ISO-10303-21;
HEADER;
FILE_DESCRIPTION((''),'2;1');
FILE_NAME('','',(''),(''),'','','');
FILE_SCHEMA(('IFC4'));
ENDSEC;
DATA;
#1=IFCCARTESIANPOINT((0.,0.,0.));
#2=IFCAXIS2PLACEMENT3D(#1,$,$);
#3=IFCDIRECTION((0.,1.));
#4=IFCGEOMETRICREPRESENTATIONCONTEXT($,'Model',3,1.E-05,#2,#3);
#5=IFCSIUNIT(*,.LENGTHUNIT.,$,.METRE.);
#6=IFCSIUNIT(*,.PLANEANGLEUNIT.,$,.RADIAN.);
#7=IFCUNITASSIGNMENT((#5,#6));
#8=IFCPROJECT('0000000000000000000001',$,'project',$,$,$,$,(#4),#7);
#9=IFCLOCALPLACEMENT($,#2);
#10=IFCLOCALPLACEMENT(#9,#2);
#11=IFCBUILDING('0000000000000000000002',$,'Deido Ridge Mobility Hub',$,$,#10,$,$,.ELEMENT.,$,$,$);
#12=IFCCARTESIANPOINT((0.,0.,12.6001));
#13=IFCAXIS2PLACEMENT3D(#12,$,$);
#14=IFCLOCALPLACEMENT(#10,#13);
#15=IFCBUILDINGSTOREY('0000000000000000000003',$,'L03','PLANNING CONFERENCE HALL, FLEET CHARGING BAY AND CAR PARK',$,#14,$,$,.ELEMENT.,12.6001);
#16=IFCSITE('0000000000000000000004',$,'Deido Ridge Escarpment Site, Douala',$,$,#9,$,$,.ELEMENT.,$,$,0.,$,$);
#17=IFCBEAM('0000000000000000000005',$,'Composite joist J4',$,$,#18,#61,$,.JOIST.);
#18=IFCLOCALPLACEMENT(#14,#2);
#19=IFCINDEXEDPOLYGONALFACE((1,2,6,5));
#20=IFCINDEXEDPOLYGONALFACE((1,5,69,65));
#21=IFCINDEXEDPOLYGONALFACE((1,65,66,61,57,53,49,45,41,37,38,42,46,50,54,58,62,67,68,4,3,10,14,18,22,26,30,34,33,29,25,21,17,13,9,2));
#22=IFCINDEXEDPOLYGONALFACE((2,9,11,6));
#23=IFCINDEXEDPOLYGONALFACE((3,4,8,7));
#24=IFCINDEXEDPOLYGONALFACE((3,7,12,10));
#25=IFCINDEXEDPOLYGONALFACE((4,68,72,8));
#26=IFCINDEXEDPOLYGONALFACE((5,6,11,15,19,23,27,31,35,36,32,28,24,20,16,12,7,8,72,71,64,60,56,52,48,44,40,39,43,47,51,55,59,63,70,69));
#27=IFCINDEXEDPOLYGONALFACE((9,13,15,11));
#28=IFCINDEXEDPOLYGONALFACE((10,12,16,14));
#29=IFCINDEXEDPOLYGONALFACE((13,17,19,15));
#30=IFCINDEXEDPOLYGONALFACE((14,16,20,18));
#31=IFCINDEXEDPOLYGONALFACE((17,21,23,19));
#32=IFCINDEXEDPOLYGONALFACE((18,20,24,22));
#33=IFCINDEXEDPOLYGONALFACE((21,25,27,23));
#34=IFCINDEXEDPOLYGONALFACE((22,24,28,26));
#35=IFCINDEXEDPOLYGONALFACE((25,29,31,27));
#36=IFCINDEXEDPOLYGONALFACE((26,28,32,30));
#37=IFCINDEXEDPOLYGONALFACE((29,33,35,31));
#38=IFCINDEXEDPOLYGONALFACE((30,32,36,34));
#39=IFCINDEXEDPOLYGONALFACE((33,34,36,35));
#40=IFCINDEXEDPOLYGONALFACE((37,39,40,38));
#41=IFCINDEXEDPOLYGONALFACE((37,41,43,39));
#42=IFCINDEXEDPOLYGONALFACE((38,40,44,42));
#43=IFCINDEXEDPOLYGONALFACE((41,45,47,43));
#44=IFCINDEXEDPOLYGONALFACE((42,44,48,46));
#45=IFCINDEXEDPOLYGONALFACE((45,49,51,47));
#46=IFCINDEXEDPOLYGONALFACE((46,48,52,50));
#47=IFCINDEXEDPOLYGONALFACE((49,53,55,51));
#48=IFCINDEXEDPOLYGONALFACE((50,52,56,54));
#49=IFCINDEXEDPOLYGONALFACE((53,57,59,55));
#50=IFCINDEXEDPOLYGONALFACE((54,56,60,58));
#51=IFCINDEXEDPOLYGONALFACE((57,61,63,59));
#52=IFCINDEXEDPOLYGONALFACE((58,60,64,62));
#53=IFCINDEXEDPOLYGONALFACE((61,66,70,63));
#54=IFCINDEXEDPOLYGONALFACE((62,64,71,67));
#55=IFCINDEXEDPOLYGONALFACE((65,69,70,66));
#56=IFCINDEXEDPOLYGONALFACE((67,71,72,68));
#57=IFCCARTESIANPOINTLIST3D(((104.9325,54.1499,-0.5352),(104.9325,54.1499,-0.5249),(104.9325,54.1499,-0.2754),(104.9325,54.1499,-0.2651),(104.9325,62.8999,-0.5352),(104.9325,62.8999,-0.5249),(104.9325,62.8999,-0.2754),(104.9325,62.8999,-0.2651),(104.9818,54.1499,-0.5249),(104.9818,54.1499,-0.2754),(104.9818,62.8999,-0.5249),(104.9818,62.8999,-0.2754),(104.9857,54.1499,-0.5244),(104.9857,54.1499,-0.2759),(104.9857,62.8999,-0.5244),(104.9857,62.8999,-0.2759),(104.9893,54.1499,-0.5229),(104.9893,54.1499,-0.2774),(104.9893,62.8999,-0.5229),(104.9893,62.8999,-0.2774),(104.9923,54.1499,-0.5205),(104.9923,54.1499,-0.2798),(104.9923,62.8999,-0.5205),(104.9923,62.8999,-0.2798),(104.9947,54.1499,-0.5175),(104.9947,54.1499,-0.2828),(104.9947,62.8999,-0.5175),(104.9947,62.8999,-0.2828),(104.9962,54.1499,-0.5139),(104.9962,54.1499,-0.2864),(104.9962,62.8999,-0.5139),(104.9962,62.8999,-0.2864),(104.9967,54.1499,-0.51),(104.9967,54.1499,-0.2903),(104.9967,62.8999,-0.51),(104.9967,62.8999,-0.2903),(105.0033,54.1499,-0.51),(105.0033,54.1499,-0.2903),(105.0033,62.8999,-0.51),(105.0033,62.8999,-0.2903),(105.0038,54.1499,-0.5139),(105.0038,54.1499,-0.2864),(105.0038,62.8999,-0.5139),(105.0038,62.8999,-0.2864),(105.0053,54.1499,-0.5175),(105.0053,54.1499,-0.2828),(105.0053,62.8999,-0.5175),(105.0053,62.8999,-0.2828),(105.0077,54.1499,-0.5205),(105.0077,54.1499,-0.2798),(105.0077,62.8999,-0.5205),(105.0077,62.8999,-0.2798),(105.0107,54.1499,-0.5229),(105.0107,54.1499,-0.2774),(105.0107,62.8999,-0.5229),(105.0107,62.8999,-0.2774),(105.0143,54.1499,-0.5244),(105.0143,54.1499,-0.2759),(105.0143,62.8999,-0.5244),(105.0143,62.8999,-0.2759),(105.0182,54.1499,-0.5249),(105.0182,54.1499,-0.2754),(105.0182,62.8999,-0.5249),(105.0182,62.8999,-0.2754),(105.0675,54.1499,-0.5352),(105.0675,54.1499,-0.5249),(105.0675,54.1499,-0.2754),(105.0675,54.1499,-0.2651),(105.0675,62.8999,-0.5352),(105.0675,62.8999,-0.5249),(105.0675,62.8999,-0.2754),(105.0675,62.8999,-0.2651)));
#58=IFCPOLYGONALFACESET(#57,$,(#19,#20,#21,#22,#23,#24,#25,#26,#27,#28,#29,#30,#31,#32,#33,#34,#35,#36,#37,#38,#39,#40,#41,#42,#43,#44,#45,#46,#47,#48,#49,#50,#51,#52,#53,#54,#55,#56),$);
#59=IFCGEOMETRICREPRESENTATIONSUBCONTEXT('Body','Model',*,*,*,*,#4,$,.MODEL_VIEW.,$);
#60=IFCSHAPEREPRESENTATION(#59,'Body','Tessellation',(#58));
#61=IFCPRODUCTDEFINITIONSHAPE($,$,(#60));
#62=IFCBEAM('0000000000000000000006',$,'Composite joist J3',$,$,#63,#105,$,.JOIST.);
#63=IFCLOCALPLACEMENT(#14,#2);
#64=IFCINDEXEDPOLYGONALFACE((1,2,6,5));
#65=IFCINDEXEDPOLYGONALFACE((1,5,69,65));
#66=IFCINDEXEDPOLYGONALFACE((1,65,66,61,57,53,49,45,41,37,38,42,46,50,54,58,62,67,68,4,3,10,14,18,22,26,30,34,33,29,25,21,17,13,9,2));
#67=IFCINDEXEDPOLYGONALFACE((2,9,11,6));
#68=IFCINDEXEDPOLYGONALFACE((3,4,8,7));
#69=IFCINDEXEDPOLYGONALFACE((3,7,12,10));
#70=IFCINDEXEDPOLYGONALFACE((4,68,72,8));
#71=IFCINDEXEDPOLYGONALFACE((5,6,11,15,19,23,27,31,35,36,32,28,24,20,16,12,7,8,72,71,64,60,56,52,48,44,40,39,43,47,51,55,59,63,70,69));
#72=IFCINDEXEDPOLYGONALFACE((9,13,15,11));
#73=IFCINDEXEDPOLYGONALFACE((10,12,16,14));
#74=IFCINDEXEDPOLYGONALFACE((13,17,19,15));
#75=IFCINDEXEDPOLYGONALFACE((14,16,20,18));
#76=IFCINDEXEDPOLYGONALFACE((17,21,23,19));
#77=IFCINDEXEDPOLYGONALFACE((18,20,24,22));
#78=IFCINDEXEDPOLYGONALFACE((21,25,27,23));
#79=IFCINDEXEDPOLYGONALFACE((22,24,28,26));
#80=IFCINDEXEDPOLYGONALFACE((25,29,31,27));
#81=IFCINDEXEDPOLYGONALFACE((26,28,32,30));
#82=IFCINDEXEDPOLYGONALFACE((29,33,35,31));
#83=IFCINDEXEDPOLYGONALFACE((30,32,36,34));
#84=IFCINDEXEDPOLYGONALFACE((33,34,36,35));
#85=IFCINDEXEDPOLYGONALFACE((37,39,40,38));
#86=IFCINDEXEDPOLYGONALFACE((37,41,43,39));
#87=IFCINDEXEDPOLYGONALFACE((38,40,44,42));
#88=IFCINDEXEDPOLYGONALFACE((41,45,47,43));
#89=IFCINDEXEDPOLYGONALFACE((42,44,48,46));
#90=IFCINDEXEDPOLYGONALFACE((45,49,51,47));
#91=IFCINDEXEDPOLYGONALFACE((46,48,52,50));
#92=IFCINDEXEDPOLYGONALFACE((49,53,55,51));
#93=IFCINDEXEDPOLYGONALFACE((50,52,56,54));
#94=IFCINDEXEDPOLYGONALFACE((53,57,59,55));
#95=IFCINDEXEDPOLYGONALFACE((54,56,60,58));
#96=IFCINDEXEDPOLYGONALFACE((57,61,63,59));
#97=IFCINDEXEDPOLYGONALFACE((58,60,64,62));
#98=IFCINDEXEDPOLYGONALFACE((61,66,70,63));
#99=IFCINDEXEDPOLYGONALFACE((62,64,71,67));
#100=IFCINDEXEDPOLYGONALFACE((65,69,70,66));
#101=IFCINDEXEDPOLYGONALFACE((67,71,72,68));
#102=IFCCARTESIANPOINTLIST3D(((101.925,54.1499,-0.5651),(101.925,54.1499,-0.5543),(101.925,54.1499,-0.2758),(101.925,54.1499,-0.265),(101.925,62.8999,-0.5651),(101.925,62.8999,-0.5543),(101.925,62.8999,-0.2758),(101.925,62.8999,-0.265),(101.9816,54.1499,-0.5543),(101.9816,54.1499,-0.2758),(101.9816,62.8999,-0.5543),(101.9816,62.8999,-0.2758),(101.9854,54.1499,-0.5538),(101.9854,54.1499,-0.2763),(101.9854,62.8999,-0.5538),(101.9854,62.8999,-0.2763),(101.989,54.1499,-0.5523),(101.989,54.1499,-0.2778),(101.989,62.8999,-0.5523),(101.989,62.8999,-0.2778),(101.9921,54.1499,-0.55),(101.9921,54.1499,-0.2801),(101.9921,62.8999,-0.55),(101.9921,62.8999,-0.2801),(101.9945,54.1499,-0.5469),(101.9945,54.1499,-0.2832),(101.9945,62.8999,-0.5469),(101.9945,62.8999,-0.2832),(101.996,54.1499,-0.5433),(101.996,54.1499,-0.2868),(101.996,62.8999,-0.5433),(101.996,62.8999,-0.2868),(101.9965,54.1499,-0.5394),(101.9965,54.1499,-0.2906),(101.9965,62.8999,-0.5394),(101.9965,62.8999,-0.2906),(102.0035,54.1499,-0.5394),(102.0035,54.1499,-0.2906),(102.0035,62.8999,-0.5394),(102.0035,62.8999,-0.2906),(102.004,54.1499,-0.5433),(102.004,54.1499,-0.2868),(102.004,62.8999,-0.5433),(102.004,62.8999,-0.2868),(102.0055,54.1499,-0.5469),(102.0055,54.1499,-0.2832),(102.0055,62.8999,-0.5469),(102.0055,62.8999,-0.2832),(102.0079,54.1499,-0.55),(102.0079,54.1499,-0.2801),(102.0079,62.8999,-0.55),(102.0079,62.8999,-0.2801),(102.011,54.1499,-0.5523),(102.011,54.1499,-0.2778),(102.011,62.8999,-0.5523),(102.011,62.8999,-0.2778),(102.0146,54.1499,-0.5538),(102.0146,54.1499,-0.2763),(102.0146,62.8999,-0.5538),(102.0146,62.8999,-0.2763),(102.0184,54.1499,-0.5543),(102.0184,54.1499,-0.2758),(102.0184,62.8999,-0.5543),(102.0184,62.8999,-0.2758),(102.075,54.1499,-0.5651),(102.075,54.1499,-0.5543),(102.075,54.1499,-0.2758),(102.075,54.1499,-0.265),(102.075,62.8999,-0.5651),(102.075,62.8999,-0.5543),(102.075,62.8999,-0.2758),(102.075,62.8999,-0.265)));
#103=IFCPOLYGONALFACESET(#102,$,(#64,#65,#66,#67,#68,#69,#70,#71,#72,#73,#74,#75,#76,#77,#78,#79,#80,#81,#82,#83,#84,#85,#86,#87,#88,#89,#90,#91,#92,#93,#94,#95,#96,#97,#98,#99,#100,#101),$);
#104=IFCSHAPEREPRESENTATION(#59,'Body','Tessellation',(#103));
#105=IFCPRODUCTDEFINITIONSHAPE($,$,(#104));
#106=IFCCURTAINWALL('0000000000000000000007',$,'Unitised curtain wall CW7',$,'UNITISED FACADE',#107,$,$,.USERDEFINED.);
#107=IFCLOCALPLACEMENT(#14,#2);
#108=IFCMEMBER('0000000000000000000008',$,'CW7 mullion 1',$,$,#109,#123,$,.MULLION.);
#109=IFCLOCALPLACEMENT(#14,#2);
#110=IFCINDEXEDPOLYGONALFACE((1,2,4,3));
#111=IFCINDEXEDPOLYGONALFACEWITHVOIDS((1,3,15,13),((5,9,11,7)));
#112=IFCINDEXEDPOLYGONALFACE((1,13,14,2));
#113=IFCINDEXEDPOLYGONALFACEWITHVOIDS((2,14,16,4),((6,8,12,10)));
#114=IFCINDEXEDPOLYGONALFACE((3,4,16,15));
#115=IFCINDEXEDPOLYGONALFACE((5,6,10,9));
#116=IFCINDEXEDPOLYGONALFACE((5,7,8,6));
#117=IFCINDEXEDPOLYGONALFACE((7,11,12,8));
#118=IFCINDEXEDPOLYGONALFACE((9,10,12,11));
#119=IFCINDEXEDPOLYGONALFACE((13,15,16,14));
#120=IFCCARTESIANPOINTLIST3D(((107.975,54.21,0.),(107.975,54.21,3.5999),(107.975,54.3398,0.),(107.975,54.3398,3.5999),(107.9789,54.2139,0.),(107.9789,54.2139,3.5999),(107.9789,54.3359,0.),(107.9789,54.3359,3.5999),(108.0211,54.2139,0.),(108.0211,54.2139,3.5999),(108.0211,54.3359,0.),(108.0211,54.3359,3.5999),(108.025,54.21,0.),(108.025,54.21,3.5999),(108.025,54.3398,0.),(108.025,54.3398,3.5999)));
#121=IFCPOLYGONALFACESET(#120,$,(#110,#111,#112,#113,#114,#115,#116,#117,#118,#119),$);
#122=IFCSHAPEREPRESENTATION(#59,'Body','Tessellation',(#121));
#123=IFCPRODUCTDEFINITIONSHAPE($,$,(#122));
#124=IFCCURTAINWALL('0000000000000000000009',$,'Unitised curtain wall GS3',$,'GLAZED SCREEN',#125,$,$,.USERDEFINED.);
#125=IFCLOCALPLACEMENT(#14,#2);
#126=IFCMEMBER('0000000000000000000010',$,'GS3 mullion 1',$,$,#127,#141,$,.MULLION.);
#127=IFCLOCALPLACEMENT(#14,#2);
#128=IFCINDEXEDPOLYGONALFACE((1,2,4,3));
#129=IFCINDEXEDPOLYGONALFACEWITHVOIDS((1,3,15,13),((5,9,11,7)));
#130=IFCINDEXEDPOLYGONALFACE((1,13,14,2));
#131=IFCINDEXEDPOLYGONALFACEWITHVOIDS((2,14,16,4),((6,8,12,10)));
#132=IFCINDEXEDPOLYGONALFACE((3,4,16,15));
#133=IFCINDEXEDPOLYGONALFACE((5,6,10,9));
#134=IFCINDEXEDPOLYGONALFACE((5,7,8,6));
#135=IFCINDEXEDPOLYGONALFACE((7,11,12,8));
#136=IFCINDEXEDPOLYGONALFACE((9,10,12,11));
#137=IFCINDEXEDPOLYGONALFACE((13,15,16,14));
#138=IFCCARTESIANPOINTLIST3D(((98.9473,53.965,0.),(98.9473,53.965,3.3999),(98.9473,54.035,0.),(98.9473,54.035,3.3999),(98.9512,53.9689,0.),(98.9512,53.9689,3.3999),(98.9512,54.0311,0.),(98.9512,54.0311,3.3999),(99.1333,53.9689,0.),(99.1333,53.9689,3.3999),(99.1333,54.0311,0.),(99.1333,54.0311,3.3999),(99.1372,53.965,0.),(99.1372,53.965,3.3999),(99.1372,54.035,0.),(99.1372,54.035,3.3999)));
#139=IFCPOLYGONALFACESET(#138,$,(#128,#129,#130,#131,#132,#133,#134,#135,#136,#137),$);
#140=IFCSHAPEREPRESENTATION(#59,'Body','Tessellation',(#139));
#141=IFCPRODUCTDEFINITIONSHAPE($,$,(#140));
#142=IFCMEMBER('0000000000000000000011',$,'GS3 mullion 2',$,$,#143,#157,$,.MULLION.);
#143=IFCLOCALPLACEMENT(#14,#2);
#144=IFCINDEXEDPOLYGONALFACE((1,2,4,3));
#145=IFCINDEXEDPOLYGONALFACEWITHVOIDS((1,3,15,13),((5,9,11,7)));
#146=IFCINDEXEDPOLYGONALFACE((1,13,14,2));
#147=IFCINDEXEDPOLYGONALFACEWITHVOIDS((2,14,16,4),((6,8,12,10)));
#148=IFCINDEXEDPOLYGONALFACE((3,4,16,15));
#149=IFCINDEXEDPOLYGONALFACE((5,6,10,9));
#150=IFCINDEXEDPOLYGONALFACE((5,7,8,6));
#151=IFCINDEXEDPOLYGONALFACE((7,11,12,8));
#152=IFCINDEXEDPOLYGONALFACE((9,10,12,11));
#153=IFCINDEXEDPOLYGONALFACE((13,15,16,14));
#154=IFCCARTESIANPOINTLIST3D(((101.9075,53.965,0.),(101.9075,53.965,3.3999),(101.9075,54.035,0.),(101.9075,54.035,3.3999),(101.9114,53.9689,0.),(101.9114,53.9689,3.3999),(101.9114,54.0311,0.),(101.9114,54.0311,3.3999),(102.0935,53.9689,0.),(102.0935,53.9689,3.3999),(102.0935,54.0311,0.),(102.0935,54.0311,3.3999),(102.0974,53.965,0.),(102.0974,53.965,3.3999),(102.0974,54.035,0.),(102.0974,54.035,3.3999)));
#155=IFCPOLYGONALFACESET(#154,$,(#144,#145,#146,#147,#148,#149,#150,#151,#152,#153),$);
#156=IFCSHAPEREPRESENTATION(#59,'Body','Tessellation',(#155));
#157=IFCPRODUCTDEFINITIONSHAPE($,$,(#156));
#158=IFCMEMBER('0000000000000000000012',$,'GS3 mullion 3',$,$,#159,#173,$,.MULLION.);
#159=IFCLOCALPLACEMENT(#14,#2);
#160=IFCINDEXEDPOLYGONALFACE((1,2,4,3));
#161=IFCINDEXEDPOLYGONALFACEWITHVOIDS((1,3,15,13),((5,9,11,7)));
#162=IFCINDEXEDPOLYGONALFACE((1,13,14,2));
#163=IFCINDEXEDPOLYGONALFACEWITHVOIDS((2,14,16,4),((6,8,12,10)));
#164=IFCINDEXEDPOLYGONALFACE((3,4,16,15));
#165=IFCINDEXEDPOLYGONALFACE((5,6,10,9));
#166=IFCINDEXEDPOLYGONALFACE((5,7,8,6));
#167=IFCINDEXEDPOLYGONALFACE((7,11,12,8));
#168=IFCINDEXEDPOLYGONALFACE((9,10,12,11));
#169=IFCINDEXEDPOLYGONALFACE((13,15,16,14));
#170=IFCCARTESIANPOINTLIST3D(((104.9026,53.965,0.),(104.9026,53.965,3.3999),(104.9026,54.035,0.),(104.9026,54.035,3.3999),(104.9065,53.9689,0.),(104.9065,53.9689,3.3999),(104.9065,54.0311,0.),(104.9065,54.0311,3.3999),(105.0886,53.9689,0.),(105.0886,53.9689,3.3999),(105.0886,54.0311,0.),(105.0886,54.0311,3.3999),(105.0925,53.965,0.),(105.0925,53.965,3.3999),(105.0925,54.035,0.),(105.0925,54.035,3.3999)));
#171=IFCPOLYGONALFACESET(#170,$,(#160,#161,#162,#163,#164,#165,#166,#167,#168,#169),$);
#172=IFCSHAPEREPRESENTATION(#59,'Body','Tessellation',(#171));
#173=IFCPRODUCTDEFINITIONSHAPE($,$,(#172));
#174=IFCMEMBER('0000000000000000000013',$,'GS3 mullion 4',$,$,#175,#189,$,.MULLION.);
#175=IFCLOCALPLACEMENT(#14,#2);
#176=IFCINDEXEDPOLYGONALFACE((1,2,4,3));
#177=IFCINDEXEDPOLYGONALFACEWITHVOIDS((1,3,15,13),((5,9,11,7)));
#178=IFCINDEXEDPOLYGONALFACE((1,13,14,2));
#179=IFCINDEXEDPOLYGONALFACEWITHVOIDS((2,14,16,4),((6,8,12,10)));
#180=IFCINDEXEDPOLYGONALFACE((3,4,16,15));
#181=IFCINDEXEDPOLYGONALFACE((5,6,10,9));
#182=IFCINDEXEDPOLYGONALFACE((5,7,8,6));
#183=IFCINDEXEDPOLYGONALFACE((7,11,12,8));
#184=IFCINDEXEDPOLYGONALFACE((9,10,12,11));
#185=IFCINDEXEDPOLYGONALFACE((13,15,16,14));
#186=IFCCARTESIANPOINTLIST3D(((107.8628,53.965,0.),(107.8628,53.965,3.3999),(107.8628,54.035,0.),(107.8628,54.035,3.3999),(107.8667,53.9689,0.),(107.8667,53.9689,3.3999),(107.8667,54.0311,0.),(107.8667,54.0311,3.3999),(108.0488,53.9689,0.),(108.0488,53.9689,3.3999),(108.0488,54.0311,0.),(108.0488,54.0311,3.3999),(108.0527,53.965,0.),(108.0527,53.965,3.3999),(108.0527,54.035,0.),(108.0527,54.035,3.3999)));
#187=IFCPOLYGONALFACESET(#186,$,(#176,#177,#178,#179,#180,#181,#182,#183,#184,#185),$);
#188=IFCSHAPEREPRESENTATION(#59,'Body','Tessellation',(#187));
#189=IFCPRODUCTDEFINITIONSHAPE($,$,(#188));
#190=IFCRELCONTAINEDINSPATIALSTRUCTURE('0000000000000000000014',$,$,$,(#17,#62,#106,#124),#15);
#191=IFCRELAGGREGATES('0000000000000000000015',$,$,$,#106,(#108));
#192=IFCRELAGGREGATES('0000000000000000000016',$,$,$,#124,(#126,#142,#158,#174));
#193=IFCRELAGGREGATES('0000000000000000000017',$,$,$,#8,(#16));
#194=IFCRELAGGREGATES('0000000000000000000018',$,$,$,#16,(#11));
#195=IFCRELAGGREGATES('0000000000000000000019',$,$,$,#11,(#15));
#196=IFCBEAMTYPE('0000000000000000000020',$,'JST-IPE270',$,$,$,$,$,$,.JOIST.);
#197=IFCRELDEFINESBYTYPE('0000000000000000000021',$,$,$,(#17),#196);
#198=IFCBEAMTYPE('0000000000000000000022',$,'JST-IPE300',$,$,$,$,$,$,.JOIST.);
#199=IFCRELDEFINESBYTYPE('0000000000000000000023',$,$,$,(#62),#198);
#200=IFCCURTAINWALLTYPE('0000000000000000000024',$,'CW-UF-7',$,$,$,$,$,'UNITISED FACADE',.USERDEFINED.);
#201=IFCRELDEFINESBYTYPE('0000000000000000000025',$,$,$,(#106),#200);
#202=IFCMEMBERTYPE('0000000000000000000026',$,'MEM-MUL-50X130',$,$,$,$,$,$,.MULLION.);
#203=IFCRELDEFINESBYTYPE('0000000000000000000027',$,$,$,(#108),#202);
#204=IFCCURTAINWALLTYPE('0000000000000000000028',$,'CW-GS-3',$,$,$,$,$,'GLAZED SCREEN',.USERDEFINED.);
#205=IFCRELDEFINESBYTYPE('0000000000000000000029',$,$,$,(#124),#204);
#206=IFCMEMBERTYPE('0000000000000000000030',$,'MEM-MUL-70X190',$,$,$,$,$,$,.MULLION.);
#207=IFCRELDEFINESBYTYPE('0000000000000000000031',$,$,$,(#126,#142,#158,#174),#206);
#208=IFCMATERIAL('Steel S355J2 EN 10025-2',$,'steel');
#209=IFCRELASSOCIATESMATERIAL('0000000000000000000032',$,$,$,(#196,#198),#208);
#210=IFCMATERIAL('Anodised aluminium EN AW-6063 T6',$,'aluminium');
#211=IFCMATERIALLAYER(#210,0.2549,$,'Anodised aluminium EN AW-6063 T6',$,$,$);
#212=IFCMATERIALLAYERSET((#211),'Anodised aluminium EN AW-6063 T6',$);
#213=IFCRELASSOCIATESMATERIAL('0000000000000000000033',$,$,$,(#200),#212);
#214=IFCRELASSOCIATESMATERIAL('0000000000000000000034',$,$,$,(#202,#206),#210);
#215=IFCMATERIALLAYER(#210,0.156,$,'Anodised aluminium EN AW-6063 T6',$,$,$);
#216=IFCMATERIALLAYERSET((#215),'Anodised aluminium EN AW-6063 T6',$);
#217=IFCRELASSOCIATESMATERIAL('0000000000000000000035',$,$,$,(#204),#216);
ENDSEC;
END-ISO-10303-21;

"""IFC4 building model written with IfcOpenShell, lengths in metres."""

from ifc_helpers import new_model, si_unit, direction, frame, origin, origin_2d, place, context, subcontext, project, spatial, hollow_rectangle, i_section, extrude, material, layer, layer_set, material_profile, profile_set, type_object, element, aggregate, save


model = new_model("IFC4")

# Units and contexts
model_context = context("Model", 3, precision=1e-05, world=origin(), true_north=direction((0.0, 1.0)))
body_context = subcontext(model_context, "Body", "Model", "MODEL_VIEW")
ifc_project = project(units=[si_unit("LENGTHUNIT", "METRE"), si_unit("PLANEANGLEUNIT", "RADIAN")], contexts=[model_context])

# Site, building, storey
site_placement = place(None, origin())
site = spatial("IfcSite", under=ifc_project, at=site_placement, Name="Deido Ridge Escarpment Site, Douala", CompositionType="ELEMENT", RefElevation=0.0)
building_placement = place(site_placement, origin())
building = spatial("IfcBuilding", under=site, at=building_placement, Name="Deido Ridge Mobility Hub", CompositionType="ELEMENT")
storey_placement = place(building_placement, frame((0.0, 0.0, 12.6001)))
storey = spatial("IfcBuildingStorey", under=building, at=storey_placement, Name="L03", Description="PLANNING CONFERENCE HALL, FLEET CHARGING BAY AND CAR PARK", CompositionType="ELEMENT", Elevation=12.6001)

# Shared definitions
ifc_material_1 = material(Name="Steel S355J2 EN 10025-2", Category="steel")

# Beams
ifc_material_profile_1 = material_profile(ifc_material_1, i_section(OverallWidth=0.135, OverallDepth=0.27, WebThickness=0.0066, FlangeThickness=0.0103, FilletRadius=0.0149, at=origin_2d()), Name="IPE 270")
ifc_profile_set_1 = profile_set([ifc_material_profile_1], Name="Steel S355J2 EN 10025-2")
beam_type_1 = type_object("IfcBeamType", Name="JST-IPE270", PredefinedType="JOIST", material=ifc_profile_set_1)
beam_1_placement = place(storey_placement, frame((105.0, 54.1499, -0.4001), z_axis=(0.0, 1.0, 0.0), x_axis=(-1.0, 0.0, 0.0)))
element("IfcBeam", 1, at=beam_1_placement, inside=storey, type_object=beam_type_1, Name="Composite joist J4", PredefinedType="JOIST", context=body_context, shape_type="SweptSolid", body=[
    extrude(i_section(OverallWidth=0.135, OverallDepth=0.27, WebThickness=0.0066, FlangeThickness=0.0103, FilletRadius=0.0149, at=origin_2d()), origin(), (0.0, 0.0, 1.0), 8.75),
])
ifc_material_profile_2 = material_profile(ifc_material_1, i_section(OverallWidth=0.1499, OverallDepth=0.3, WebThickness=0.0071, FlangeThickness=0.0107, FilletRadius=0.0149, at=origin_2d()), Name="IPE 300")
ifc_profile_set_2 = profile_set([ifc_material_profile_2], Name="Steel S355J2 EN 10025-2")
beam_type_2 = type_object("IfcBeamType", Name="JST-IPE300", PredefinedType="JOIST", material=ifc_profile_set_2)
beam_2_placement = place(storey_placement, frame((102.0, 54.1499, -0.415), z_axis=(0.0, 1.0, 0.0), x_axis=(-1.0, 0.0, 0.0)))
element("IfcBeam", 2, at=beam_2_placement, inside=storey, type_object=beam_type_2, Name="Composite joist J3", PredefinedType="JOIST", context=body_context, shape_type="SweptSolid", body=[
    extrude(i_section(OverallWidth=0.1499, OverallDepth=0.3, WebThickness=0.0071, FlangeThickness=0.0107, FilletRadius=0.0149, at=origin_2d()), origin(), (0.0, 0.0, 1.0), 8.75),
])

# Curtain wall, member
ifc_material_2 = material(Name="Anodised aluminium EN AW-6063 T6", Category="aluminium")
ifc_layer_1 = layer(ifc_material_2, 0.2549, Name="Anodised aluminium EN AW-6063 T6")
ifc_layer_set_1 = layer_set([ifc_layer_1], Name="Anodised aluminium EN AW-6063 T6")
curtain_wall_type_1 = type_object("IfcCurtainWallType", Name="CW-UF-7", ElementType="UNITISED FACADE", PredefinedType="USERDEFINED", material=ifc_layer_set_1)
curtain_wall_1_placement = place(storey_placement, origin())
curtain_wall_1 = element("IfcCurtainWall", 3, at=curtain_wall_1_placement, inside=storey, type_object=curtain_wall_type_1, Name="Unitised curtain wall CW7", ObjectType="UNITISED FACADE", PredefinedType="USERDEFINED")
ifc_material_profile_3 = material_profile(ifc_material_2, hollow_rectangle(XDim=0.05, YDim=0.1299, WallThickness=0.0039, at=origin_2d()), Name="RHS 50x130x4")
ifc_profile_set_3 = profile_set([ifc_material_profile_3], Name="Anodised aluminium EN AW-6063 T6")
member_type_1 = type_object("IfcMemberType", Name="MEM-MUL-50X130", PredefinedType="MULLION", material=ifc_profile_set_3)
member_1_placement = place(storey_placement, frame((108.0, 54.2749, 0.0), z_axis=(0.0, 0.0, 1.0), x_axis=(-1.0, 0.0, 0.0)))
member_1 = element("IfcMember", 4, at=member_1_placement, type_object=member_type_1, Name="CW7 mullion 1", PredefinedType="MULLION", context=body_context, shape_type="SweptSolid", body=[
    extrude(hollow_rectangle(XDim=0.05, YDim=0.1299, WallThickness=0.0039, at=origin_2d()), origin(), (0.0, 0.0, 1.0), 3.5999),
])

# Curtain wall, members
ifc_layer_2 = layer(ifc_material_2, 0.156, Name="Anodised aluminium EN AW-6063 T6")
ifc_layer_set_2 = layer_set([ifc_layer_2], Name="Anodised aluminium EN AW-6063 T6")
curtain_wall_type_2 = type_object("IfcCurtainWallType", Name="CW-GS-3", ElementType="GLAZED SCREEN", PredefinedType="USERDEFINED", material=ifc_layer_set_2)
curtain_wall_2_placement = place(storey_placement, origin())
curtain_wall_2 = element("IfcCurtainWall", 5, at=curtain_wall_2_placement, inside=storey, type_object=curtain_wall_type_2, Name="Unitised curtain wall GS3", ObjectType="GLAZED SCREEN", PredefinedType="USERDEFINED")
ifc_material_profile_4 = material_profile(ifc_material_2, hollow_rectangle(XDim=0.0701, YDim=0.1899, WallThickness=0.0039, at=origin_2d()), Name="RHS 70x190x4")
ifc_profile_set_4 = profile_set([ifc_material_profile_4], Name="Anodised aluminium EN AW-6063 T6")
member_type_2 = type_object("IfcMemberType", Name="MEM-MUL-70X190", PredefinedType="MULLION", material=ifc_profile_set_4)
member_2_placement = place(storey_placement, frame((99.0422, 54.0, 0.0), z_axis=(0.0, 0.0, 1.0), x_axis=(0.0, 1.0, 0.0)))
member_2 = element("IfcMember", 6, at=member_2_placement, type_object=member_type_2, Name="GS3 mullion 1", PredefinedType="MULLION", context=body_context, shape_type="SweptSolid", body=[
    extrude(hollow_rectangle(XDim=0.0701, YDim=0.1899, WallThickness=0.0039, at=origin_2d()), origin(), (0.0, 0.0, 1.0), 3.3999),
])
member_3_placement = place(storey_placement, frame((102.0024, 54.0, 0.0), z_axis=(0.0, 0.0, 1.0), x_axis=(0.0, 1.0, 0.0)))
member_3 = element("IfcMember", 7, at=member_3_placement, type_object=member_type_2, Name="GS3 mullion 2", PredefinedType="MULLION", context=body_context, shape_type="SweptSolid", body=[
    extrude(hollow_rectangle(XDim=0.0701, YDim=0.1899, WallThickness=0.0039, at=origin_2d()), origin(), (0.0, 0.0, 1.0), 3.3999),
])
member_4_placement = place(storey_placement, frame((104.9976, 54.0, 0.0), z_axis=(0.0, 0.0, 1.0), x_axis=(0.0, 1.0, 0.0)))
member_4 = element("IfcMember", 8, at=member_4_placement, type_object=member_type_2, Name="GS3 mullion 3", PredefinedType="MULLION", context=body_context, shape_type="SweptSolid", body=[
    extrude(hollow_rectangle(XDim=0.0701, YDim=0.1899, WallThickness=0.0039, at=origin_2d()), origin(), (0.0, 0.0, 1.0), 3.3999),
])
member_5_placement = place(storey_placement, frame((107.9578, 54.0, 0.0), z_axis=(0.0, 0.0, 1.0), x_axis=(0.0, 1.0, 0.0)))
member_5 = element("IfcMember", 9, at=member_5_placement, type_object=member_type_2, Name="GS3 mullion 4", PredefinedType="MULLION", context=body_context, shape_type="SweptSolid", body=[
    extrude(hollow_rectangle(XDim=0.0701, YDim=0.1899, WallThickness=0.0039, at=origin_2d()), origin(), (0.0, 0.0, 1.0), 3.3999),
])

aggregate(curtain_wall_1, [member_1])

aggregate(curtain_wall_2, [member_2, member_3, member_4, member_5])

save(model, "model.ifc")
